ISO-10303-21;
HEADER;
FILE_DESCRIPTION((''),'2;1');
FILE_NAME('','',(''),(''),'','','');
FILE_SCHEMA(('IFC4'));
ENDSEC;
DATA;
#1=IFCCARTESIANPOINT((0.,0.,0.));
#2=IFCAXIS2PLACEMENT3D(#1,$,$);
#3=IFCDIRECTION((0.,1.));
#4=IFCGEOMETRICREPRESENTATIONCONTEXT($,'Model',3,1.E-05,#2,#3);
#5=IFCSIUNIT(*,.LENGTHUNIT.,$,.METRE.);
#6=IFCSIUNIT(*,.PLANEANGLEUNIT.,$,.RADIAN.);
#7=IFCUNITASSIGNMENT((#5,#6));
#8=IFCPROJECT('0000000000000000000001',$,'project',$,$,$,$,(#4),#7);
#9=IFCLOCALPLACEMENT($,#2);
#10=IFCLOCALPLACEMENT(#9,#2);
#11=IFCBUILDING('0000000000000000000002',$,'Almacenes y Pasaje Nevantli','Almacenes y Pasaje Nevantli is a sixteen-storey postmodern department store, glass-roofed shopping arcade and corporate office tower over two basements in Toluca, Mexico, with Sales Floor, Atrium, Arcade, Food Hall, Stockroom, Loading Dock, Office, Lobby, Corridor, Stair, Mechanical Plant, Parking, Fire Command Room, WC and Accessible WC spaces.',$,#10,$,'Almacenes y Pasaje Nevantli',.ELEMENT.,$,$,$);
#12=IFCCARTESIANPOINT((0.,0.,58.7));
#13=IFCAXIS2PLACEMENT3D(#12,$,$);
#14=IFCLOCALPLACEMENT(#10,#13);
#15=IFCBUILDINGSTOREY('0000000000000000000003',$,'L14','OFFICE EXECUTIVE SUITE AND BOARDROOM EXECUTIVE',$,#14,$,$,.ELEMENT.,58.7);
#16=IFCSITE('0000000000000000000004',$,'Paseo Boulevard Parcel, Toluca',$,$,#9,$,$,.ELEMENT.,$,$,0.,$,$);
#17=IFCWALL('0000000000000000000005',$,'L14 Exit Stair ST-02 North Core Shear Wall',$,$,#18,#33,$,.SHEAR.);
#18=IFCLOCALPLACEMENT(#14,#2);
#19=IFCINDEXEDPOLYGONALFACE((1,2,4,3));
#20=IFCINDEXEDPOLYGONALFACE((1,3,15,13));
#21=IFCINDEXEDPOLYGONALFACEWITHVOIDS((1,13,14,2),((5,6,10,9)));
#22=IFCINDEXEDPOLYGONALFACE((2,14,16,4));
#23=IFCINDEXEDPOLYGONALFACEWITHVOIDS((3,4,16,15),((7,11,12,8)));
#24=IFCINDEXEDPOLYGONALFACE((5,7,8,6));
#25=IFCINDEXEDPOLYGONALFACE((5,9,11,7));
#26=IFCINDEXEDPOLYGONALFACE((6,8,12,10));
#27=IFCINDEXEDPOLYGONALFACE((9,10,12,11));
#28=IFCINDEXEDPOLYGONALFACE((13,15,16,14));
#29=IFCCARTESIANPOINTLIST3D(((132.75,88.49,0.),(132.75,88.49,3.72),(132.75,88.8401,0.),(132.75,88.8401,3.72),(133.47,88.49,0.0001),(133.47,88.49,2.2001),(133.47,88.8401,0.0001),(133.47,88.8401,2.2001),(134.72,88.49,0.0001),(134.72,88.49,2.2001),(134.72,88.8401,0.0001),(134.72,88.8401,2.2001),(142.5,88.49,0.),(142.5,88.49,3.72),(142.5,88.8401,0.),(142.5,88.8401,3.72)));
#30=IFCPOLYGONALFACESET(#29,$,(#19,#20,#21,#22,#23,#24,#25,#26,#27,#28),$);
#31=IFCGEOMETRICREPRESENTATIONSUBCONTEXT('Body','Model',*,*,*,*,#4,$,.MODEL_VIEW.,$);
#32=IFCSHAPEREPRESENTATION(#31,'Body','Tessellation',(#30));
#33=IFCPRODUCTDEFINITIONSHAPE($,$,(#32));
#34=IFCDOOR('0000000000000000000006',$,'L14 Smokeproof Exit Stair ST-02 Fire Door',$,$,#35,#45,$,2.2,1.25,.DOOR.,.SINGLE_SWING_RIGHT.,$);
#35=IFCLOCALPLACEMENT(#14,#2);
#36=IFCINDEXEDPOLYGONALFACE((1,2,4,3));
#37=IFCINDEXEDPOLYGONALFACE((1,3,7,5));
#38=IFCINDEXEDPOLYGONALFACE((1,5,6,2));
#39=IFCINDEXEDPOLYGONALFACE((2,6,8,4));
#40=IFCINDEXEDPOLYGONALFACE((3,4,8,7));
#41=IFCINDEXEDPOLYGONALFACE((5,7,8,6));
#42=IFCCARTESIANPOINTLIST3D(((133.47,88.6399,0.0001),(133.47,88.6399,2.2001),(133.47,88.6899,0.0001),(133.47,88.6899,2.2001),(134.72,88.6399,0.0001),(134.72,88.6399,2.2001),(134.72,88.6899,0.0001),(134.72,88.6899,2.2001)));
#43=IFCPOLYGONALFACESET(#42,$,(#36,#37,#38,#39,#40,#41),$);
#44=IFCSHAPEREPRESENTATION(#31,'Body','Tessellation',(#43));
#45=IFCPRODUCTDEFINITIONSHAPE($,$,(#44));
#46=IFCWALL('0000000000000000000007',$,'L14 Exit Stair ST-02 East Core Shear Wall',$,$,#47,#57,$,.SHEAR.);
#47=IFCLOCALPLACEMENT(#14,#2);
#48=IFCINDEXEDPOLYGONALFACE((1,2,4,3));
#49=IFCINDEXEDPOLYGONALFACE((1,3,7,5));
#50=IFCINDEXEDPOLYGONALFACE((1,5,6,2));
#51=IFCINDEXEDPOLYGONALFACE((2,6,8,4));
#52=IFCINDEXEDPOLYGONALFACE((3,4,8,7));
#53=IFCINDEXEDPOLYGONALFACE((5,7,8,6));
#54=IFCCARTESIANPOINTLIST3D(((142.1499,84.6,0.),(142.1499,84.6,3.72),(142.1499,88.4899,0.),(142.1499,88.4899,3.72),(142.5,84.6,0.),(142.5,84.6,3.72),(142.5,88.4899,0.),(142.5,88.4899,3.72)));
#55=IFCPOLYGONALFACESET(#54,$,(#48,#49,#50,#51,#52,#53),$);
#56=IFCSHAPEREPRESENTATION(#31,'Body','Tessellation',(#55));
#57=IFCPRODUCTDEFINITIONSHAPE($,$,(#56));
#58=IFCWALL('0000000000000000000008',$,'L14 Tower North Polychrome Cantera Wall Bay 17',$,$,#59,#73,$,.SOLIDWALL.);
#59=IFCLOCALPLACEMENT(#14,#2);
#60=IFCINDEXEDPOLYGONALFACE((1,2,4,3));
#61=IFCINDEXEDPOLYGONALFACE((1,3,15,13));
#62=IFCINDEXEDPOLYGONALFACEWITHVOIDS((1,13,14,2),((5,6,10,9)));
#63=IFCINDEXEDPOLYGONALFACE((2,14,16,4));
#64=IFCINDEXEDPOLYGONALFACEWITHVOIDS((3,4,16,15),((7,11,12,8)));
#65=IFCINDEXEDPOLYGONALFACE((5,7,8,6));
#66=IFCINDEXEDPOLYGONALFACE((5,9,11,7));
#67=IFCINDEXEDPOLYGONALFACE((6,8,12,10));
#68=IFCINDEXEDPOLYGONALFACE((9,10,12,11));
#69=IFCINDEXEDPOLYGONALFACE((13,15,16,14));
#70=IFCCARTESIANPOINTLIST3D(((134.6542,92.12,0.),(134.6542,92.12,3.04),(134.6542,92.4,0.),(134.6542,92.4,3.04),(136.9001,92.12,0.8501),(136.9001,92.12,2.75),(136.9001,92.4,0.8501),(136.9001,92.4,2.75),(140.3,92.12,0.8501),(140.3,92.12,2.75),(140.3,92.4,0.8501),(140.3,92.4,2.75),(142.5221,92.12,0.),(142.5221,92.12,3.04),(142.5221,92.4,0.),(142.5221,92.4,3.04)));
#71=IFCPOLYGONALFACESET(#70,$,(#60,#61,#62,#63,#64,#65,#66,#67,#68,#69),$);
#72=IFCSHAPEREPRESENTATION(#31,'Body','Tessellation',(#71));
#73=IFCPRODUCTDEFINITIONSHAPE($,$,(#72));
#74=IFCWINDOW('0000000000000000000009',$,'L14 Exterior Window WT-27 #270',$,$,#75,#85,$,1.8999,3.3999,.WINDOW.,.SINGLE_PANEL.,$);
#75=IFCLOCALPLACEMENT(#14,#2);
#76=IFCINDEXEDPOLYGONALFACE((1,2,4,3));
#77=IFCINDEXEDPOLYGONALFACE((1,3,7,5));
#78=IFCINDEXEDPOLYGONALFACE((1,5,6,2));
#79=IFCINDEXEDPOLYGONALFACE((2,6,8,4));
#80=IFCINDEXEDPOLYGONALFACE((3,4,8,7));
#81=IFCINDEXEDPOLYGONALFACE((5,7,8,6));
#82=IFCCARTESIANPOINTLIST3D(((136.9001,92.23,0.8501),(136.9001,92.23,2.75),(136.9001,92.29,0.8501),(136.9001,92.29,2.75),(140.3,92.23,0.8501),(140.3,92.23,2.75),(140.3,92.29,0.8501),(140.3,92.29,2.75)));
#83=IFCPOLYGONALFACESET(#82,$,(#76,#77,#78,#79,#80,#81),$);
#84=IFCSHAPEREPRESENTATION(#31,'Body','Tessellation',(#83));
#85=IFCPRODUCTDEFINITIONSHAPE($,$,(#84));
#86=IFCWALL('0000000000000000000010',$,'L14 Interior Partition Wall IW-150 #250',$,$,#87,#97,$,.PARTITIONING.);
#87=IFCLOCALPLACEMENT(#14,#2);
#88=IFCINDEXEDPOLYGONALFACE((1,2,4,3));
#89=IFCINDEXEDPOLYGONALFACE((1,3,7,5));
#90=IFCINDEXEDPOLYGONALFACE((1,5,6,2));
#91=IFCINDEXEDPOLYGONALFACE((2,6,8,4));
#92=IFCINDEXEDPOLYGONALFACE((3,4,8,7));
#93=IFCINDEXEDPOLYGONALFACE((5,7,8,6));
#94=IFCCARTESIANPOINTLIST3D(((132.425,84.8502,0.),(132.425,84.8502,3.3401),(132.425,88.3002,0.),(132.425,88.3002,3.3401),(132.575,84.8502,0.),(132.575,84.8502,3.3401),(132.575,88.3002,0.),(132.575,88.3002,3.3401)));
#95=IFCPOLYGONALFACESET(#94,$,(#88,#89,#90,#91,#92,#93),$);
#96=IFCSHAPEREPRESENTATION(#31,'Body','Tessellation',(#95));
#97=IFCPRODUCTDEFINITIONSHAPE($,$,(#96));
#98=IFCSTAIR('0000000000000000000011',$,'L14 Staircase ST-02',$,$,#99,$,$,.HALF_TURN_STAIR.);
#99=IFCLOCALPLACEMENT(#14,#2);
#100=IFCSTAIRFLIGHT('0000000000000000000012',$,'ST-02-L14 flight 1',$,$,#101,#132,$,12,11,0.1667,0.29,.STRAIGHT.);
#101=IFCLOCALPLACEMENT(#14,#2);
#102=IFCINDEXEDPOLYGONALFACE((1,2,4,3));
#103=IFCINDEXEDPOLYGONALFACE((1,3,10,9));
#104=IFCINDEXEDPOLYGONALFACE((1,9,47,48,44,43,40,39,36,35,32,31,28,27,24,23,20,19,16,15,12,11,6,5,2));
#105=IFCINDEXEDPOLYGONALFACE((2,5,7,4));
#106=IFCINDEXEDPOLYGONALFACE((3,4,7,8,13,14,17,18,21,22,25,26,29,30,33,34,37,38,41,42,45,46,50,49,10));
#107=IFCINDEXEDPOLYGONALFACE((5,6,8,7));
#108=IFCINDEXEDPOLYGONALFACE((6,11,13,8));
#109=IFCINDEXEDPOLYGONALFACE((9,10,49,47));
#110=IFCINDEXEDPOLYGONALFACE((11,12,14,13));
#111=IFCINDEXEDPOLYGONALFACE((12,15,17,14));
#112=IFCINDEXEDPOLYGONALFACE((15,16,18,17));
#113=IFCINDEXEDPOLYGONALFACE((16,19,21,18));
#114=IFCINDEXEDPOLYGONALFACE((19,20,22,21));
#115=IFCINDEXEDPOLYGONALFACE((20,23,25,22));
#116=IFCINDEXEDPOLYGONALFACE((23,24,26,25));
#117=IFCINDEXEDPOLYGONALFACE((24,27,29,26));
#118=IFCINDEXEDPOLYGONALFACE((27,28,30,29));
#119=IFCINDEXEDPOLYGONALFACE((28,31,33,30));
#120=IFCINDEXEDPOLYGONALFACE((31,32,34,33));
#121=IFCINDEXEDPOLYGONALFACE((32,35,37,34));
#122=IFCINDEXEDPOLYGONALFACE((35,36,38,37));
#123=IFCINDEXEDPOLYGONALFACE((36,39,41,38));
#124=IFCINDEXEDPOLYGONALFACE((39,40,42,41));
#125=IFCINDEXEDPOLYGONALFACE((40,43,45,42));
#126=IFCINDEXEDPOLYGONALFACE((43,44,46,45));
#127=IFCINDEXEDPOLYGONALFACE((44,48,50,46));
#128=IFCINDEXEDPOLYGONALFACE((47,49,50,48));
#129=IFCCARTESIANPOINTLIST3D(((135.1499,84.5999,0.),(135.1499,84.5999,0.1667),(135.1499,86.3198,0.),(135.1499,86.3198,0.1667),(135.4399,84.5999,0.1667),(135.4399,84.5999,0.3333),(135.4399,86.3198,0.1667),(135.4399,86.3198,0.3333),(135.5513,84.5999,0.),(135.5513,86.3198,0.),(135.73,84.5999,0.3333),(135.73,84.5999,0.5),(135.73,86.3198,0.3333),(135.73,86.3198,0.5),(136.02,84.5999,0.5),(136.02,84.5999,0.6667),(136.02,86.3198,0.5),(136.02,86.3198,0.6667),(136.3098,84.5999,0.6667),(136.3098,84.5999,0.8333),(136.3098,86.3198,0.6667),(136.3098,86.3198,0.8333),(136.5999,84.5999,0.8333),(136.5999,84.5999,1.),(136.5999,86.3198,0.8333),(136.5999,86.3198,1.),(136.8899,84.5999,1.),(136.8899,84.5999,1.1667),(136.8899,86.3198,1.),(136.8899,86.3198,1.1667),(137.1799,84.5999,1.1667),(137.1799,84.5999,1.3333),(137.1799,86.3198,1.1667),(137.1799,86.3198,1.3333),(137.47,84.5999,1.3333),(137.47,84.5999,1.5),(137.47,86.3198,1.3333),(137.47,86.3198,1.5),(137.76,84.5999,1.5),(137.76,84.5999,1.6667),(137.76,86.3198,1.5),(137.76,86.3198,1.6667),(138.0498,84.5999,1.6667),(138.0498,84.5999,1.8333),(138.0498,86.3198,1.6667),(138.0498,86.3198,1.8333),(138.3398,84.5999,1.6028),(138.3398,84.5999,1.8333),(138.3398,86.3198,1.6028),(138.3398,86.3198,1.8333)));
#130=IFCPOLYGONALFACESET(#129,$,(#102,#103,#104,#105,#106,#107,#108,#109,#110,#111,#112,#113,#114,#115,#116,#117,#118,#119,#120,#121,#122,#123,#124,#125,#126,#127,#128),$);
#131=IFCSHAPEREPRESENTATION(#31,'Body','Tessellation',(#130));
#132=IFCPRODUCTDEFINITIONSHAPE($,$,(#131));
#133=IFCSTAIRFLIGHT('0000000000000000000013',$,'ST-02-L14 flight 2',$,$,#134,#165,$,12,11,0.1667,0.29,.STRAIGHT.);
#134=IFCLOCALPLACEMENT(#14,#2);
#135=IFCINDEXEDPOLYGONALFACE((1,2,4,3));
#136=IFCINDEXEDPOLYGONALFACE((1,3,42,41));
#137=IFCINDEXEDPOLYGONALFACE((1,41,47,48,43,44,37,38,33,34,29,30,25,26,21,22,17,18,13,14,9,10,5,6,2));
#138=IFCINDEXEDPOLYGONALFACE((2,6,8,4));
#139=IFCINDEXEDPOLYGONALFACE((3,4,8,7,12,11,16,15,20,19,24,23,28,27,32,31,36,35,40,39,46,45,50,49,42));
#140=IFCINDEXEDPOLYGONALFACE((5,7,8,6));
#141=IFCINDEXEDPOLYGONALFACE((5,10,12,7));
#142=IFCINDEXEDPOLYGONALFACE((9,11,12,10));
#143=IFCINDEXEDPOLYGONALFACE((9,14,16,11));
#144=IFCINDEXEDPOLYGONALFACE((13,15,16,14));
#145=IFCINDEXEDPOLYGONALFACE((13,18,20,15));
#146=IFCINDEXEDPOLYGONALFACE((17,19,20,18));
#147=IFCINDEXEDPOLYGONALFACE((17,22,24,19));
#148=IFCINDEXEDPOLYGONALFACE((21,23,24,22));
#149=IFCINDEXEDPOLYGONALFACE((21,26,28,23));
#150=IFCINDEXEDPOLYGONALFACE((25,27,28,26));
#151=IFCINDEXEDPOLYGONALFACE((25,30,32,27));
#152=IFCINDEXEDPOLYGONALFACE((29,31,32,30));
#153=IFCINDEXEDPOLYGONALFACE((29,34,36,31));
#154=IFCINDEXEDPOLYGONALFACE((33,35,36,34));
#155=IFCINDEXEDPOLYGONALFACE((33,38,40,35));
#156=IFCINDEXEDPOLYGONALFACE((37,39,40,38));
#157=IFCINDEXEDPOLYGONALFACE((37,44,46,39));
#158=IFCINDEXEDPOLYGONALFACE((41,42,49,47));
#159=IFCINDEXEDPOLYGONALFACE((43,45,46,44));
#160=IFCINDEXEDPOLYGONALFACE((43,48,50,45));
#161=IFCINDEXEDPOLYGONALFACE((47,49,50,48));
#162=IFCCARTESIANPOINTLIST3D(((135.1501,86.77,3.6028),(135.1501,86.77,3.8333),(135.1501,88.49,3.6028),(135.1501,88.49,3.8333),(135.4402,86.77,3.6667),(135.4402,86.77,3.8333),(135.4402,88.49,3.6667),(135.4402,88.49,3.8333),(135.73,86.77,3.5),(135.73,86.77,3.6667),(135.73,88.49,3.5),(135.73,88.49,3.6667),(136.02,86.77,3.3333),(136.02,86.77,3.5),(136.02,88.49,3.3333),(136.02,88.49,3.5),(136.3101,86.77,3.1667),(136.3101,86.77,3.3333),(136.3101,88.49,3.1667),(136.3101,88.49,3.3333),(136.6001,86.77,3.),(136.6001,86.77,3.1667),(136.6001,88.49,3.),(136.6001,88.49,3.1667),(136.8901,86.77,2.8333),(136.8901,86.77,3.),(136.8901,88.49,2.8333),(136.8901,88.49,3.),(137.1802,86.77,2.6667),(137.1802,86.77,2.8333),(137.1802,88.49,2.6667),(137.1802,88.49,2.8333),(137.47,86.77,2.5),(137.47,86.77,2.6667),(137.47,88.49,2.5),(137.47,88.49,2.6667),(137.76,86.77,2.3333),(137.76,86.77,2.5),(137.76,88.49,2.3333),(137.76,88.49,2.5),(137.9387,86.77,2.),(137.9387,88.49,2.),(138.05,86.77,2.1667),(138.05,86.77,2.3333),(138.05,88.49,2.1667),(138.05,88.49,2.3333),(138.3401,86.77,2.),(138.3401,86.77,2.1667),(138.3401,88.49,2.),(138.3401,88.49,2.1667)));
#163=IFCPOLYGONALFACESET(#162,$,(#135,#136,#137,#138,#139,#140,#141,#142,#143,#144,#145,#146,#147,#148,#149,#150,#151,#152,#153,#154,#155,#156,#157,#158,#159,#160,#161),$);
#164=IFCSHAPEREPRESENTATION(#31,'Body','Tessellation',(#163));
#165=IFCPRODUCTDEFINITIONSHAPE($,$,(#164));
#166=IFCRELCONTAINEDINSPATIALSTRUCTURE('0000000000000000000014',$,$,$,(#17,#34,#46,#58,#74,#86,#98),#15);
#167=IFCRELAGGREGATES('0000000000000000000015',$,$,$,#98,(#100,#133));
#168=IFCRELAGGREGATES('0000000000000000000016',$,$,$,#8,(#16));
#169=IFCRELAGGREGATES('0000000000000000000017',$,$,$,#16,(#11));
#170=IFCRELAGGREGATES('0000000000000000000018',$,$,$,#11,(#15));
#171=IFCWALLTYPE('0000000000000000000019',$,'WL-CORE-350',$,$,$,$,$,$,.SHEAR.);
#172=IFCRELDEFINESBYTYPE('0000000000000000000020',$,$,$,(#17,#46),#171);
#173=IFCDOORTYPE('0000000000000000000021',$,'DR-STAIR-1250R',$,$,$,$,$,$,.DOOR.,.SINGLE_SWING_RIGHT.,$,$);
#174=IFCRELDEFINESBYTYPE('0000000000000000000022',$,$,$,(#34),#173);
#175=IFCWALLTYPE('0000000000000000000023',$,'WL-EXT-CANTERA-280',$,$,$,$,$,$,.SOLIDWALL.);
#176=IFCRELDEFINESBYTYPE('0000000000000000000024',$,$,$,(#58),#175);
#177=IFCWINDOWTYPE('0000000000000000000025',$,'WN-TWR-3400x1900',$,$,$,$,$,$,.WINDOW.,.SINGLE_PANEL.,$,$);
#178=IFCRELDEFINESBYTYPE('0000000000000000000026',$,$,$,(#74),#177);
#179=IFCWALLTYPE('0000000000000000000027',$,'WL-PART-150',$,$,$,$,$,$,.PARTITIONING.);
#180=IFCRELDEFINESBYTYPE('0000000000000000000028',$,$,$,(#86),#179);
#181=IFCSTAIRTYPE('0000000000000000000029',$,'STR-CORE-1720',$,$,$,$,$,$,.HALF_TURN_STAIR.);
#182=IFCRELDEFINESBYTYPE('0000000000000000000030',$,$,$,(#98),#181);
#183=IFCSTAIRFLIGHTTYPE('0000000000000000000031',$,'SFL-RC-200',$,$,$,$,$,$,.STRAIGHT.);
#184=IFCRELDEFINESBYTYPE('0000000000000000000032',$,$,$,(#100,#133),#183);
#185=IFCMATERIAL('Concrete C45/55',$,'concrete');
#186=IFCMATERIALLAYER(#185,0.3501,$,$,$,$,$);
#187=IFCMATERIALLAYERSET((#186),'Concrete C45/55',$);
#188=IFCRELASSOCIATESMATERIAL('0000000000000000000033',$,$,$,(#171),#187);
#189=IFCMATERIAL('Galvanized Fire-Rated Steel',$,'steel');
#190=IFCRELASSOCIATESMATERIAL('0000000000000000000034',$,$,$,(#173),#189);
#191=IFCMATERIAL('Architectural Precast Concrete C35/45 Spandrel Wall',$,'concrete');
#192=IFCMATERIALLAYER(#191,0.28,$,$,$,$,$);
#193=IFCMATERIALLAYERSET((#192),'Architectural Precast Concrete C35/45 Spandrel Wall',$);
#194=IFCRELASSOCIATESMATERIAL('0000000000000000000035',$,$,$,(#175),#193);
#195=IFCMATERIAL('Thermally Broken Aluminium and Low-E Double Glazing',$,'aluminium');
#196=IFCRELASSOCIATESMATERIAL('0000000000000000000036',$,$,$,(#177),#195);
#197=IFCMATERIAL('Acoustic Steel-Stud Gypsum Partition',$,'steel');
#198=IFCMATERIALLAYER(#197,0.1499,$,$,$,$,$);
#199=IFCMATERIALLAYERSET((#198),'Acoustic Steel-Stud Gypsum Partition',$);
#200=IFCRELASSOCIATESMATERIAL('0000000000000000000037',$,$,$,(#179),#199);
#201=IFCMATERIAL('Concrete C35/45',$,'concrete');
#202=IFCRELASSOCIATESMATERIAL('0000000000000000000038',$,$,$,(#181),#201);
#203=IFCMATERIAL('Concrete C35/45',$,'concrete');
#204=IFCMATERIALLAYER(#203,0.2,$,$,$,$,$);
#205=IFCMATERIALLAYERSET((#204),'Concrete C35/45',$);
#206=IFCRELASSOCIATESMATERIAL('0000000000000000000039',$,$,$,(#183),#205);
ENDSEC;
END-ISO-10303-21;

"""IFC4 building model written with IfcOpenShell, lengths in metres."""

from ifc_helpers import new_model, si_unit, direction, frame, frame_2d, origin, place, context, subcontext, project, spatial, polyline, rectangle, outline, extrude, material, layer, layer_set, type_object, element, fill, aggregate, save


model = new_model("IFC4")

# Units and contexts
model_context = context("Model", 3, precision=1e-05, world=origin(), true_north=direction((0.0, 1.0)))
body_context = subcontext(model_context, "Body", "Model", "MODEL_VIEW")
ifc_project = project(units=[si_unit("LENGTHUNIT", "METRE"), si_unit("PLANEANGLEUNIT", "RADIAN")], contexts=[model_context])

# Site, building, storey
site_placement = place(None, origin())
site = spatial("IfcSite", under=ifc_project, at=site_placement, Name="Paseo Boulevard Parcel, Toluca", CompositionType="ELEMENT", RefElevation=0.0)
building_placement = place(site_placement, origin())
building = spatial("IfcBuilding", under=site, at=building_placement, Name="Almacenes y Pasaje Nevantli", Description="Almacenes y Pasaje Nevantli is a sixteen-storey postmodern department store, glass-roofed shopping arcade and corporate office tower over two basements in Toluca, Mexico, with Sales Floor, Atrium, Arcade, Food Hall, Stockroom, Loading Dock, Office, Lobby, Corridor, Stair, Mechanical Plant, Parking, Fire Command Room, WC and Accessible WC spaces.", LongName="Almacenes y Pasaje Nevantli", CompositionType="ELEMENT")
storey_placement = place(building_placement, frame((0.0, 0.0, 58.7)))
storey = spatial("IfcBuildingStorey", under=building, at=storey_placement, Name="L14", Description="OFFICE EXECUTIVE SUITE AND BOARDROOM EXECUTIVE", CompositionType="ELEMENT", Elevation=58.7)

# Wall, opening, door
ifc_material_1 = material(Name="Concrete C45/55", Category="concrete")
ifc_layer_1 = layer(ifc_material_1, 0.3501)
ifc_layer_set_1 = layer_set([ifc_layer_1], Name="Concrete C45/55")
wall_type_1 = type_object("IfcWallType", Name="WL-CORE-350", PredefinedType="SHEAR", material=ifc_layer_set_1)
wall_1_placement = place(storey_placement, frame((132.75, 88.665, 0.0), z_axis=(0.0, 0.0, 1.0), x_axis=(1.0, 0.0, 0.0)))
wall_1 = element("IfcWall", 1, at=wall_1_placement, inside=storey, type_object=wall_type_1, Name="L14 Exit Stair ST-02 North Core Shear Wall", PredefinedType="SHEAR", context=body_context, shape_type="SweptSolid", body=[
    extrude(rectangle(XDim=9.75, YDim=0.3501, at=frame_2d((4.875, 0.0))), origin(), (0.0, 0.0, 1.0), 3.72),
])
opening_1_placement = place(wall_1_placement, frame((0.72, 0.0, 0.0)))
opening_1 = element("IfcOpeningElement", 2, at=opening_1_placement, cuts=wall_1, PredefinedType="OPENING", context=body_context, shape_type="SweptSolid", body=[
    extrude(rectangle(XDim=1.25, YDim=2.2, at=frame_2d((0.625, 1.1001))), frame((0.0, 0.1851, 0.0), z_axis=(0.0, -1.0, 0.0), x_axis=(1.0, 0.0, 0.0)), (0.0, 0.0, 1.0), 0.3701),
])
ifc_material_2 = material(Name="Galvanized Fire-Rated Steel", Category="steel")
door_type = type_object("IfcDoorType", Name="DR-STAIR-1250R", OperationType="SINGLE_SWING_RIGHT", PredefinedType="DOOR", material=ifc_material_2)
door_placement = place(opening_1_placement, origin())
door = element("IfcDoor", 3, at=door_placement, inside=storey, type_object=door_type, Name="L14 Smokeproof Exit Stair ST-02 Fire Door", OperationType="SINGLE_SWING_RIGHT", OverallHeight=2.2, OverallWidth=1.25, PredefinedType="DOOR", context=body_context, shape_type="SweptSolid", body=[
    extrude(rectangle(XDim=1.25, YDim=2.2, at=frame_2d((0.625, 1.1001))), frame((0.0, 0.0249, 0.0), z_axis=(0.0, -1.0, 0.0), x_axis=(1.0, 0.0, 0.0)), (0.0, 0.0, 1.0), 0.05),
])
fill(opening_1, door)

# Wall
wall_2_placement = place(storey_placement, frame((142.325, 84.6001, 0.0), z_axis=(0.0, 0.0, 1.0), x_axis=(0.0, 1.0, 0.0)))
element("IfcWall", 4, at=wall_2_placement, inside=storey, type_object=wall_type_1, Name="L14 Exit Stair ST-02 East Core Shear Wall", PredefinedType="SHEAR", context=body_context, shape_type="SweptSolid", body=[
    extrude(rectangle(XDim=3.8899, YDim=0.3501, at=frame_2d((1.9448, 0.0))), origin(), (0.0, 0.0, 1.0), 3.72),
])

# Wall, opening, window
ifc_material_3 = material(Name="Architectural Precast Concrete C35/45 Spandrel Wall", Category="concrete")
ifc_layer_2 = layer(ifc_material_3, 0.28)
ifc_layer_set_2 = layer_set([ifc_layer_2], Name="Architectural Precast Concrete C35/45 Spandrel Wall")
wall_type_2 = type_object("IfcWallType", Name="WL-EXT-CANTERA-280", PredefinedType="SOLIDWALL", material=ifc_layer_set_2)
wall_3_placement = place(storey_placement, frame((134.6541, 92.26, 0.0), z_axis=(0.0, 0.0, 1.0), x_axis=(1.0, 0.0, 0.0)))
wall_3 = element("IfcWall", 5, at=wall_3_placement, inside=storey, type_object=wall_type_2, Name="L14 Tower North Polychrome Cantera Wall Bay 17", PredefinedType="SOLIDWALL", context=body_context, shape_type="SweptSolid", body=[
    extrude(rectangle(XDim=7.8679, YDim=0.28, at=frame_2d((3.9341, 0.0))), origin(), (0.0, 0.0, 1.0), 3.04),
])
opening_2_placement = place(wall_3_placement, frame((2.2461, 0.0, 0.8501)))
opening_2 = element("IfcOpeningElement", 6, at=opening_2_placement, cuts=wall_3, PredefinedType="OPENING", context=body_context, shape_type="SweptSolid", body=[
    extrude(rectangle(XDim=3.3999, YDim=1.8999, at=frame_2d((1.7, 0.95))), frame((0.0, 0.1499, 0.0), z_axis=(0.0, -1.0, 0.0), x_axis=(1.0, 0.0, 0.0)), (0.0, 0.0, 1.0), 0.3),
])
ifc_material_4 = material(Name="Thermally Broken Aluminium and Low-E Double Glazing", Category="aluminium")
window_type = type_object("IfcWindowType", Name="WN-TWR-3400x1900", PartitioningType="SINGLE_PANEL", PredefinedType="WINDOW", material=ifc_material_4)
window_placement = place(opening_2_placement, origin())
window = element("IfcWindow", 7, at=window_placement, inside=storey, type_object=window_type, Name="L14 Exterior Window WT-27 #270", OverallHeight=1.8999, OverallWidth=3.3999, PartitioningType="SINGLE_PANEL", PredefinedType="WINDOW", context=body_context, shape_type="SweptSolid", body=[
    extrude(rectangle(XDim=3.3999, YDim=1.8999, at=frame_2d((1.7, 0.95))), frame((0.0, 0.03, 0.0), z_axis=(0.0, -1.0, 0.0), x_axis=(1.0, 0.0, 0.0)), (0.0, 0.0, 1.0), 0.0601),
])
fill(opening_2, window)

# Wall
ifc_material_5 = material(Name="Acoustic Steel-Stud Gypsum Partition", Category="steel")
ifc_layer_3 = layer(ifc_material_5, 0.1499)
ifc_layer_set_3 = layer_set([ifc_layer_3], Name="Acoustic Steel-Stud Gypsum Partition")
wall_type_3 = type_object("IfcWallType", Name="WL-PART-150", PredefinedType="PARTITIONING", material=ifc_layer_set_3)
wall_4_placement = place(storey_placement, frame((132.5, 84.8501, 0.0), z_axis=(0.0, 0.0, 1.0), x_axis=(0.0, 1.0, 0.0)))
element("IfcWall", 8, at=wall_4_placement, inside=storey, type_object=wall_type_3, Name="L14 Interior Partition Wall IW-150 #250", PredefinedType="PARTITIONING", context=body_context, shape_type="SweptSolid", body=[
    extrude(rectangle(XDim=3.45, YDim=0.1499, at=frame_2d((1.7251, 0.0))), origin(), (0.0, 0.0, 1.0), 3.3401),
])

# Stair, stair flights
ifc_material_6 = material(Name="Concrete C35/45", Category="concrete")
stair_type = type_object("IfcStairType", Name="STR-CORE-1720", PredefinedType="HALF_TURN_STAIR", material=ifc_material_6)
stair_placement = place(storey_placement, origin())
stair = element("IfcStair", 9, at=stair_placement, inside=storey, type_object=stair_type, Name="L14 Staircase ST-02", PredefinedType="HALF_TURN_STAIR")
ifc_material_7 = material(Name="Concrete C35/45", Category="concrete")
ifc_layer_4 = layer(ifc_material_7, 0.2)
ifc_layer_set_4 = layer_set([ifc_layer_4], Name="Concrete C35/45")
stair_flight_type = type_object("IfcStairFlightType", Name="SFL-RC-200", PredefinedType="STRAIGHT", material=ifc_layer_set_4)
stair_flight_1_placement = place(storey_placement, frame((135.1499, 85.46, 0.0), z_axis=(0.0, 0.0, 1.0), x_axis=(1.0, 0.0, 0.0)))
stair_flight_1 = element("IfcStairFlight", 10, at=stair_flight_1_placement, type_object=stair_flight_type, Name="ST-02-L14 flight 1", NumberOfRisers=12, NumberOfTreads=11, PredefinedType="STRAIGHT", RiserHeight=0.1667, TreadLength=0.29, context=body_context, shape_type="SweptSolid", body=[
    extrude(outline(polyline([(0.0, 0.0), (0.0, 0.1667), (0.29, 0.1667), (0.29, 0.3333), (0.5801, 0.3333), (0.5801, 0.5), (0.8701, 0.5), (0.8701, 0.6667), (1.1599, 0.6667), (1.1599, 0.8333), (1.45, 0.8333), (1.45, 1.0), (1.74, 1.0), (1.74, 1.1667), (2.03, 1.1667), (2.03, 1.3333), (2.3201, 1.3333), (2.3201, 1.5), (2.6101, 1.5), (2.6101, 1.6667), (2.8999, 1.6667), (2.8999, 1.8333), (3.1899, 1.8333), (3.1899, 2.0), (3.1899, 1.6028), (0.4014, 0.0), (0.0, 0.0)])), frame((0.0, 0.8599, 0.0), z_axis=(0.0, -1.0, 0.0), x_axis=(1.0, 0.0, 0.0)), (0.0, 0.0, 1.0), 1.72),
])
stair_flight_2_placement = place(storey_placement, frame((138.3401, 87.6299, 2.0), z_axis=(0.0, 0.0, 1.0), x_axis=(-1.0, 0.0, 0.0)))
stair_flight_2 = element("IfcStairFlight", 11, at=stair_flight_2_placement, type_object=stair_flight_type, Name="ST-02-L14 flight 2", NumberOfRisers=12, NumberOfTreads=11, PredefinedType="STRAIGHT", RiserHeight=0.1667, TreadLength=0.29, context=body_context, shape_type="SweptSolid", body=[
    extrude(outline(polyline([(0.0, 0.0), (0.0, 0.1667), (0.29, 0.1667), (0.29, 0.3333), (0.5801, 0.3333), (0.5801, 0.5), (0.8701, 0.5), (0.8701, 0.6667), (1.1599, 0.6667), (1.1599, 0.8333), (1.45, 0.8333), (1.45, 1.0), (1.74, 1.0), (1.74, 1.1667), (2.03, 1.1667), (2.03, 1.3333), (2.3201, 1.3333), (2.3201, 1.5), (2.6101, 1.5), (2.6101, 1.6667), (2.8999, 1.6667), (2.8999, 1.8333), (3.1899, 1.8333), (3.1899, 2.0), (3.1899, 1.6028), (0.4014, 0.0), (0.0, 0.0)])), frame((0.0, 0.8599, 0.0), z_axis=(0.0, -1.0, 0.0), x_axis=(1.0, 0.0, 0.0)), (0.0, 0.0, 1.0), 1.72),
])
aggregate(stair, [stair_flight_1, stair_flight_2])

save(model, "model.ifc")
